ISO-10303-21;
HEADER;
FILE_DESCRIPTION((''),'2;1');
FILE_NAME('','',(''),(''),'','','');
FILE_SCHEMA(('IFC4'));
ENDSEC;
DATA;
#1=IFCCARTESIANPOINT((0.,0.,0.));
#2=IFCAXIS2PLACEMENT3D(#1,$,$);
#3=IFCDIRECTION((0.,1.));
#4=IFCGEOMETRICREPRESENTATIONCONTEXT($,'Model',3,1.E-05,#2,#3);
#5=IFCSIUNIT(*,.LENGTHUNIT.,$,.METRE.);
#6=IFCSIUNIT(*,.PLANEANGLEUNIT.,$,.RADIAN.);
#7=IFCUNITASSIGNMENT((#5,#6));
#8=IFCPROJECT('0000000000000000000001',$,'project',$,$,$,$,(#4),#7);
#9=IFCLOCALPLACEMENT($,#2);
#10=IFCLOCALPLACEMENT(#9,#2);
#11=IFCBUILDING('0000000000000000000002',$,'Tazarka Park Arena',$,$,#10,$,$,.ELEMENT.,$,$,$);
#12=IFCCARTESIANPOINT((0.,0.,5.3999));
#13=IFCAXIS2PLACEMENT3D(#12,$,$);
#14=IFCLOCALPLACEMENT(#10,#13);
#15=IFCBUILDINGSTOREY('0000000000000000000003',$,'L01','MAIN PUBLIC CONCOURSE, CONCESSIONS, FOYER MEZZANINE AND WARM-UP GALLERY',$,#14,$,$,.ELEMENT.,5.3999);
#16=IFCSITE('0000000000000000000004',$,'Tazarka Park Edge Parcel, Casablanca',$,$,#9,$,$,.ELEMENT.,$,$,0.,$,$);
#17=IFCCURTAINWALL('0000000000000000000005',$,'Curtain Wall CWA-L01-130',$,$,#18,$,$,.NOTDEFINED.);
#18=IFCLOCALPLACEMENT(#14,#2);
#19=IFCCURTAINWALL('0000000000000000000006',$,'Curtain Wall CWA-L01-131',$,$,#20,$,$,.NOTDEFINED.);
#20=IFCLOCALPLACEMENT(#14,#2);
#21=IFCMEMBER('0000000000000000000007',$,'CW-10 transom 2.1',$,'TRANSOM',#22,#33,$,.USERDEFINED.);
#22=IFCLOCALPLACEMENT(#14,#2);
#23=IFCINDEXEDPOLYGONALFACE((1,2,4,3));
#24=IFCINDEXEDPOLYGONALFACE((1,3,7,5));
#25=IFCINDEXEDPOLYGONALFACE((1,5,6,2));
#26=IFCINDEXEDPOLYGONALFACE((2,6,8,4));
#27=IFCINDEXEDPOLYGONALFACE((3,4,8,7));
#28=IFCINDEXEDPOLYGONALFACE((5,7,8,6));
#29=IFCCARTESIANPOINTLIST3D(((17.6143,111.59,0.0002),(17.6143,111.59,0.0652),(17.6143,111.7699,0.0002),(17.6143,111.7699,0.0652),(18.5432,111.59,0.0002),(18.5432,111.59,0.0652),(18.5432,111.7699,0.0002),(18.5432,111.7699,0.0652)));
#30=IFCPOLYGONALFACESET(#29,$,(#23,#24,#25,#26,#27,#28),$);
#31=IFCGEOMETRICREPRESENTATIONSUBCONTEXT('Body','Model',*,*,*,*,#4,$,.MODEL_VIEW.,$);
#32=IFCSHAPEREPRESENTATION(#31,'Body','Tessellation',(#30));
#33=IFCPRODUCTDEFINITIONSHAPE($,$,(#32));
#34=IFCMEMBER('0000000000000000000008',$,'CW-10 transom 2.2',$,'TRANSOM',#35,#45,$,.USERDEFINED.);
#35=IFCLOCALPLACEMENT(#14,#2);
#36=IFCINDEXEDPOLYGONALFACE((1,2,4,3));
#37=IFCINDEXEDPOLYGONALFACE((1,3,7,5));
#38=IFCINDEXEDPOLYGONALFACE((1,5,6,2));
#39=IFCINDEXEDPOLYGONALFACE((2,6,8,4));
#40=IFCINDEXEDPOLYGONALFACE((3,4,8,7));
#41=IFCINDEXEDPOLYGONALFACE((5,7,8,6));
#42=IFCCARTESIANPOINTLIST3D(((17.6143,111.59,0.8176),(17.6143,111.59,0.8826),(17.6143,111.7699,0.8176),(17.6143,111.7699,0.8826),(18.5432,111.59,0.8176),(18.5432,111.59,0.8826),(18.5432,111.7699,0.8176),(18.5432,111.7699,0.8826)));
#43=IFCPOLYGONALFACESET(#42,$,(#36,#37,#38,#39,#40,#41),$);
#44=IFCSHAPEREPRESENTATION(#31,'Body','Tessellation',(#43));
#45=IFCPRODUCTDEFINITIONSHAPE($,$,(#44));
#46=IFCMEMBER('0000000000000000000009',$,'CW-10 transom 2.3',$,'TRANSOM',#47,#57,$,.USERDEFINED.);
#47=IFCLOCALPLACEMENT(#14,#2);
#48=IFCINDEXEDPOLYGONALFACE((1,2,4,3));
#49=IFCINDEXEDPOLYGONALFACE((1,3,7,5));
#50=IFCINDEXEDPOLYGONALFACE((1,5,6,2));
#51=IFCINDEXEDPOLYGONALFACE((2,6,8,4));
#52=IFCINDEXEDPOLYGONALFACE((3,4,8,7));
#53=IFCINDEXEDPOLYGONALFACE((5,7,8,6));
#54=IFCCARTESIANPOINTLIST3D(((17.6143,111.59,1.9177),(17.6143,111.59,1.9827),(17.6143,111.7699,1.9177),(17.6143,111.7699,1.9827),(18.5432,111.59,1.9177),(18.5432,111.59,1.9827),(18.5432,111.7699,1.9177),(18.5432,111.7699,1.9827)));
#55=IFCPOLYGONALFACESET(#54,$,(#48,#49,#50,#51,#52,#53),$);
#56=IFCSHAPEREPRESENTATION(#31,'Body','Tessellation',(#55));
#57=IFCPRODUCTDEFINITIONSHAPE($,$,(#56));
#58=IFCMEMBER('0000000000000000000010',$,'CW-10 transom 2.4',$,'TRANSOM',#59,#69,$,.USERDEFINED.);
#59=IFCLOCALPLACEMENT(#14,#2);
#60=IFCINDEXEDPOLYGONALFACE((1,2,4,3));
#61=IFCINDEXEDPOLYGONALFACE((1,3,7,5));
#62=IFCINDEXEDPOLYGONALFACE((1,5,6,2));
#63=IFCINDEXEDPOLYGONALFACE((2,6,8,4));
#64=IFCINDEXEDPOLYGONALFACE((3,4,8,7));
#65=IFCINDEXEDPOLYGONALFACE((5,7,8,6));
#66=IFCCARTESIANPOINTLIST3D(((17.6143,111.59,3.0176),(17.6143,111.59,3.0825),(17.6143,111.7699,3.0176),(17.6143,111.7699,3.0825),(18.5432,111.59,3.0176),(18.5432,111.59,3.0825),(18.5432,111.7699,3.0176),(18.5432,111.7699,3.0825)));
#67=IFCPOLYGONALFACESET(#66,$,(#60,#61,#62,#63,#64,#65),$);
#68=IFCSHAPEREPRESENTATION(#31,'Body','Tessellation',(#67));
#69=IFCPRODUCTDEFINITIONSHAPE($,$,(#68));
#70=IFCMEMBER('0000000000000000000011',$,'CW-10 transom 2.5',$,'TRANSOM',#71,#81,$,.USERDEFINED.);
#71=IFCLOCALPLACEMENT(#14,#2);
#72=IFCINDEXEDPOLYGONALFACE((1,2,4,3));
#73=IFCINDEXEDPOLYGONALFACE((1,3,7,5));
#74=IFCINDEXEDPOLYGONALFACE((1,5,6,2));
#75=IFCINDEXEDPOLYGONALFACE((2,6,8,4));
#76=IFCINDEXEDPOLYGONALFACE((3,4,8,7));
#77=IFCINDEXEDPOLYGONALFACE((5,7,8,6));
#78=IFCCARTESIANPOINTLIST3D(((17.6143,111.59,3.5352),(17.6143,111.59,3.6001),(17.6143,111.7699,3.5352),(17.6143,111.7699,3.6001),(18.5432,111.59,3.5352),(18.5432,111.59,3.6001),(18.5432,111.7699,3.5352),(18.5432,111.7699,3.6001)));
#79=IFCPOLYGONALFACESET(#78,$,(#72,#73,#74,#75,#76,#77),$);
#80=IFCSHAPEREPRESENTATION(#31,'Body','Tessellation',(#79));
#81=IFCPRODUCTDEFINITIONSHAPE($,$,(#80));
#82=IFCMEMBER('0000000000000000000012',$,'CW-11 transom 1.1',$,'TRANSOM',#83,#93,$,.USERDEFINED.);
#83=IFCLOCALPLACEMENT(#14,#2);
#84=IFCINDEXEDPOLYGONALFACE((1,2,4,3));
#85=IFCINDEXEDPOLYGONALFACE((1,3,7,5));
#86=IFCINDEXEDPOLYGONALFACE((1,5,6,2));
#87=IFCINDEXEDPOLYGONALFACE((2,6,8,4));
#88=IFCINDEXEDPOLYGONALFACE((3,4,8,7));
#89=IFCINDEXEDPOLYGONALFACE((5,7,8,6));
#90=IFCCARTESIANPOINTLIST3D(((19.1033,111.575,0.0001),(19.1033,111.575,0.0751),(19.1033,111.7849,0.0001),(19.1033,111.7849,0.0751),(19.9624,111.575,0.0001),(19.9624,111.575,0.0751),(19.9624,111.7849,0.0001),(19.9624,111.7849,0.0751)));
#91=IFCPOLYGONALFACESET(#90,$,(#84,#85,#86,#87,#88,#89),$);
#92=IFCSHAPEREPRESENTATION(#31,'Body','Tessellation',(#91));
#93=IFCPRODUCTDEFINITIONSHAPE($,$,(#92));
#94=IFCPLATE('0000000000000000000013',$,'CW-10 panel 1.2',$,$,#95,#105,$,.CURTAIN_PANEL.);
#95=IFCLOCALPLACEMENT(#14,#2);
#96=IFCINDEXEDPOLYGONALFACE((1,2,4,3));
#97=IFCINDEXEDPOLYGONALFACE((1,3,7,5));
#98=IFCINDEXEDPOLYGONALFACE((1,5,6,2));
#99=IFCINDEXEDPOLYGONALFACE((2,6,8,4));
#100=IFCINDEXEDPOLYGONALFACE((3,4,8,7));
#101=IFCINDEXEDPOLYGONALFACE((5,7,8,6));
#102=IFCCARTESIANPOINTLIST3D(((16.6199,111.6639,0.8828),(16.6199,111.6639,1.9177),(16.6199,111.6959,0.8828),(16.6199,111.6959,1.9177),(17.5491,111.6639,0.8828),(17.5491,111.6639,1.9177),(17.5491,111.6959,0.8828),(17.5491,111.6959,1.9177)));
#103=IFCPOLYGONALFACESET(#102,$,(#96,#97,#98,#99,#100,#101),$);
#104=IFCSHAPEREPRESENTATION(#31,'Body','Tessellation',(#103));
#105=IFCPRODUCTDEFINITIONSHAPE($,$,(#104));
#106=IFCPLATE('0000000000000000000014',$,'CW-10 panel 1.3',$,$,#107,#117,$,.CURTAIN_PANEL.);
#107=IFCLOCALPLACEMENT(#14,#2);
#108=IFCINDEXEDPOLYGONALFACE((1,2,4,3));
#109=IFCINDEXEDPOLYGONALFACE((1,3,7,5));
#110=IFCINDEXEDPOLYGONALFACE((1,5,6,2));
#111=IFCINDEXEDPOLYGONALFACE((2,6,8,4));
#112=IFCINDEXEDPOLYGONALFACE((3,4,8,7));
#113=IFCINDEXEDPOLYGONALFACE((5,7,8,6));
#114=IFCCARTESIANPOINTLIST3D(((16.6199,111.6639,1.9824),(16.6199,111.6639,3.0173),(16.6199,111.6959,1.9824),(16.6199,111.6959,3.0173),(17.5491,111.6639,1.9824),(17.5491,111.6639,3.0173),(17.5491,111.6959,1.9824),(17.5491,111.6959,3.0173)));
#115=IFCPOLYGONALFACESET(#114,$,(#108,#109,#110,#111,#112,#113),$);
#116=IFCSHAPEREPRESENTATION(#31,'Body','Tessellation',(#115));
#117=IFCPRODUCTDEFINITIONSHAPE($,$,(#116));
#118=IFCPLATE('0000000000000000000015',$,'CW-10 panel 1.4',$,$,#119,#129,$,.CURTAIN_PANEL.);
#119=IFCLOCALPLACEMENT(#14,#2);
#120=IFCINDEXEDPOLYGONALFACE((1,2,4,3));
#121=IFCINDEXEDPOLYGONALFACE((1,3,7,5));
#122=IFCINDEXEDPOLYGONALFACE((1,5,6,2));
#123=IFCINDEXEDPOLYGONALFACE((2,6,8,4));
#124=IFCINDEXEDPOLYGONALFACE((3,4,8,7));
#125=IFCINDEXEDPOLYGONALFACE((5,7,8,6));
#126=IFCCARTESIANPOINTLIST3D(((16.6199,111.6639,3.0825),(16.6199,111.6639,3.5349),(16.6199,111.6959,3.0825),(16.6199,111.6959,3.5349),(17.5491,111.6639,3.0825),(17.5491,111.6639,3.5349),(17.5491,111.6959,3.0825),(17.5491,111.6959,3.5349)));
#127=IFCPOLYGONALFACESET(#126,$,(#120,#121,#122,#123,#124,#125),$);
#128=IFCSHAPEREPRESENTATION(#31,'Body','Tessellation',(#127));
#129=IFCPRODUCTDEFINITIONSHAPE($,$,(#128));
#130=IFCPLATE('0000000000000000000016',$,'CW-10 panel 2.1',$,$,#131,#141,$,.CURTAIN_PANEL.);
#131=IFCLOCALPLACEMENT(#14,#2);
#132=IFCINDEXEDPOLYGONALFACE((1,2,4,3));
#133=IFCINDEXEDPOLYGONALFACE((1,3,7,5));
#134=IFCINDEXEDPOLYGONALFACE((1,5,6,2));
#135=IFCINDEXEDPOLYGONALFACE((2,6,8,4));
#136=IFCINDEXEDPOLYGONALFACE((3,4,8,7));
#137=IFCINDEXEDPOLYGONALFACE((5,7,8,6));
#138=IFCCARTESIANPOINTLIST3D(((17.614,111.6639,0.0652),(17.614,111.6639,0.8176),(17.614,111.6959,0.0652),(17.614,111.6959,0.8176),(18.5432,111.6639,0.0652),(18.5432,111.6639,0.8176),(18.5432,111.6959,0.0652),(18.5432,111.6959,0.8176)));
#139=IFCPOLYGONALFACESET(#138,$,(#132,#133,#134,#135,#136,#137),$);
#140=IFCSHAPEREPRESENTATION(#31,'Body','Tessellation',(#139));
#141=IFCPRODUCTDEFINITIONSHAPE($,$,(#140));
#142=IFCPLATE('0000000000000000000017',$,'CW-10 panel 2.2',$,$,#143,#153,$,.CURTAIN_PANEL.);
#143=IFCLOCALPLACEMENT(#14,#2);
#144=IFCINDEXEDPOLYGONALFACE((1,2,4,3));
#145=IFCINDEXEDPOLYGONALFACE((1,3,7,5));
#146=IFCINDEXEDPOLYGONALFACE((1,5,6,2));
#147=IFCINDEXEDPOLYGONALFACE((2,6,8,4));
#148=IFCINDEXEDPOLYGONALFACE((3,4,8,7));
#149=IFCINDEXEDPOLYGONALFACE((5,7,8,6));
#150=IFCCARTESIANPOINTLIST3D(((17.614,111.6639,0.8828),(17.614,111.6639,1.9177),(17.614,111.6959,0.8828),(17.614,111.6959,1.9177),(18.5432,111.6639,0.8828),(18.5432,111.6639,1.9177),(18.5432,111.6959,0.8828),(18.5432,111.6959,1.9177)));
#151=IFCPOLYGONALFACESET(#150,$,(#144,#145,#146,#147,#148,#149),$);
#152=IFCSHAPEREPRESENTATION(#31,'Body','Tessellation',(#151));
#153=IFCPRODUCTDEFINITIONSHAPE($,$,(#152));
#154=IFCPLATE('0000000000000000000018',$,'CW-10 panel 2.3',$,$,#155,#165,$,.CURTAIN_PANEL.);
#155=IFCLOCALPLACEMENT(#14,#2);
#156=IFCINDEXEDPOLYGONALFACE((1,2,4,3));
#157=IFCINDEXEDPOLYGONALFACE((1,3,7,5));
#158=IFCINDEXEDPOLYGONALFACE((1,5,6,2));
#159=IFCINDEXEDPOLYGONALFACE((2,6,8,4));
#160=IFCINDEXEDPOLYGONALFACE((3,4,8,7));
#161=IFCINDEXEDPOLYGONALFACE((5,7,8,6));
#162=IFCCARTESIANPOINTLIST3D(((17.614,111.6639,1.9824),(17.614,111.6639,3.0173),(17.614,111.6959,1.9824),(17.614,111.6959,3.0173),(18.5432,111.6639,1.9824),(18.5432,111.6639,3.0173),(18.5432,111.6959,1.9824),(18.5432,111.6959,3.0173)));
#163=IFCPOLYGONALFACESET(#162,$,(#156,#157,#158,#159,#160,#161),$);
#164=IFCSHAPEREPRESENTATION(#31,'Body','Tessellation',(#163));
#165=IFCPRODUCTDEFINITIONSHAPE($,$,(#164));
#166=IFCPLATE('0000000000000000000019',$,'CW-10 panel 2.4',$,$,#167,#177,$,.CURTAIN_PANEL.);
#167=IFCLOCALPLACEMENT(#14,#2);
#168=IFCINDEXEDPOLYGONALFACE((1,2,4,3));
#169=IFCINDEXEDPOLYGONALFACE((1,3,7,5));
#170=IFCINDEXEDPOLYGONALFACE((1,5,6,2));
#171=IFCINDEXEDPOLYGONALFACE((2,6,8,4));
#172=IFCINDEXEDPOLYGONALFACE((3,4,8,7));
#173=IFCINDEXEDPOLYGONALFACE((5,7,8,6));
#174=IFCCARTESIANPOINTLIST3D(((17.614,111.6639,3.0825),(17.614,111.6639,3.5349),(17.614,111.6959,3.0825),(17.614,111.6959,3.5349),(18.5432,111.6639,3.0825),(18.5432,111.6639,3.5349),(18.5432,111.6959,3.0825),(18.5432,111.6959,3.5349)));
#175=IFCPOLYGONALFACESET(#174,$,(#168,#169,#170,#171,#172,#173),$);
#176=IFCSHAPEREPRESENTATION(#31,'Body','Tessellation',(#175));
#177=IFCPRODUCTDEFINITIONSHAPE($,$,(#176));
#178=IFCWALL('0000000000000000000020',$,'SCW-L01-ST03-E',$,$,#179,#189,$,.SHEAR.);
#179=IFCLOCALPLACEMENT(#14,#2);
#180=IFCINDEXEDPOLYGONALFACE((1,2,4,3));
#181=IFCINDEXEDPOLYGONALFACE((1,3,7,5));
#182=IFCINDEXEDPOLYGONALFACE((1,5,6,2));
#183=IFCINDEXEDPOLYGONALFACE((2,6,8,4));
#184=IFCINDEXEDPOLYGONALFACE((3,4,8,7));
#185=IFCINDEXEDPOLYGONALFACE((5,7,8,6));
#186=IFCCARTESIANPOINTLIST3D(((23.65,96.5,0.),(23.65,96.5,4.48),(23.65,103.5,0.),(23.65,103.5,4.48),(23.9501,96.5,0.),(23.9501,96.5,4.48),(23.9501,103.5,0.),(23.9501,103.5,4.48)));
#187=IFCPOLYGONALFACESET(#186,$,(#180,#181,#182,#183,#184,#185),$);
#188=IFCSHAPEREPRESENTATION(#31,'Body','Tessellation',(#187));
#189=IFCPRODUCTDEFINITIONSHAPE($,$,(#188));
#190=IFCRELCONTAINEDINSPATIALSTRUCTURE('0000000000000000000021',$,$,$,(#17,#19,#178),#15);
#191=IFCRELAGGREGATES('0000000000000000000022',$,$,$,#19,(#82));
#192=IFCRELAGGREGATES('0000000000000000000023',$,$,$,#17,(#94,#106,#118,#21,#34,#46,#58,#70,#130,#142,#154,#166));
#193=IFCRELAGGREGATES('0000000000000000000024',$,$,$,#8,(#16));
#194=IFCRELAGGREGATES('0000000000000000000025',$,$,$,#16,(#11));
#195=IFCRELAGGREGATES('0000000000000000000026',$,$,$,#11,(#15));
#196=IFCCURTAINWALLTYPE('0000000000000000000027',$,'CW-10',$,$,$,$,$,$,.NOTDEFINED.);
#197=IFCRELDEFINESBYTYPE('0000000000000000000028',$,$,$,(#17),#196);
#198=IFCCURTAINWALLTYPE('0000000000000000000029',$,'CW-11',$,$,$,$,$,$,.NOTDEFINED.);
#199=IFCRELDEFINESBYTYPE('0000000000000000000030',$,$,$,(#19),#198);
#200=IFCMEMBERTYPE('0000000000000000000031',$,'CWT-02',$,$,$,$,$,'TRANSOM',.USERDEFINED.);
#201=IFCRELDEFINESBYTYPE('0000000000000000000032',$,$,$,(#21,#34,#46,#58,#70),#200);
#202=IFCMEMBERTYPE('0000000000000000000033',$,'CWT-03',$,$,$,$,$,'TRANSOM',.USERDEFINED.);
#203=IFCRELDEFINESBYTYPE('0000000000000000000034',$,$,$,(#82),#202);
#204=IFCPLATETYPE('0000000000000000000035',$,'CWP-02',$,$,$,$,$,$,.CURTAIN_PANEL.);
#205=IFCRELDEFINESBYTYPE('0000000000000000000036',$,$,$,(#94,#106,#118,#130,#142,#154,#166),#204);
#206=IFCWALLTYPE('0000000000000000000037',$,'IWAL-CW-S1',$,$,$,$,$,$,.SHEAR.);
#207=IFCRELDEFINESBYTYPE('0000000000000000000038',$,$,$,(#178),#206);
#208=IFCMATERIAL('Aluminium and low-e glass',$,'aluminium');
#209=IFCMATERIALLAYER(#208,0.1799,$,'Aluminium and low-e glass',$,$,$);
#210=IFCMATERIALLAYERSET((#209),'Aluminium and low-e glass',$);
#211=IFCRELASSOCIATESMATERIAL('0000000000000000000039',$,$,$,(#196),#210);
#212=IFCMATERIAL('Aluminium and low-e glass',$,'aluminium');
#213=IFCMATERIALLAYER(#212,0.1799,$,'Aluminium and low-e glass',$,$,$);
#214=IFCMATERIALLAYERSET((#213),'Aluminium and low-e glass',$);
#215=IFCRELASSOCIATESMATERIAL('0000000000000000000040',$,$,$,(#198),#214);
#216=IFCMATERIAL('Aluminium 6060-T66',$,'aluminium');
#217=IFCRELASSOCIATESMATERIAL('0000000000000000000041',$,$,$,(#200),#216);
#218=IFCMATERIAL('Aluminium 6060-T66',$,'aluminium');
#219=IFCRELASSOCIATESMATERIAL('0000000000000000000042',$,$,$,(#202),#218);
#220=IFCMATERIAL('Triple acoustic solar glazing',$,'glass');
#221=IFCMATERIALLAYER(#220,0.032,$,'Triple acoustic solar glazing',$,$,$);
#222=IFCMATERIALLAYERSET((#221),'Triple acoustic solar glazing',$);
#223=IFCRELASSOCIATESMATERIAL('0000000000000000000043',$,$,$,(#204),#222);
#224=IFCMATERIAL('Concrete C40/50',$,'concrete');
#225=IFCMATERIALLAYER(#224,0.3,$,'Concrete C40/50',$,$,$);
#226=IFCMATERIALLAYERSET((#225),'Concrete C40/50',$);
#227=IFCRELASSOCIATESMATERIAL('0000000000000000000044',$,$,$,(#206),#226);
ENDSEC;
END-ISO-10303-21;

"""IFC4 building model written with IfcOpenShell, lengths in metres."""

from ifc_helpers import new_model, si_unit, direction, frame, frame_2d, origin, origin_2d, place, context, subcontext, project, spatial, rectangle, extrude, material, layer, layer_set, material_profile, profile_set, type_object, element, aggregate, save


model = new_model("IFC4")

# Units and contexts
model_context = context("Model", 3, precision=1e-05, world=origin(), true_north=direction((0.0, 1.0)))
body_context = subcontext(model_context, "Body", "Model", "MODEL_VIEW")
ifc_project = project(units=[si_unit("LENGTHUNIT", "METRE"), si_unit("PLANEANGLEUNIT", "RADIAN")], contexts=[model_context])

# Site, building, storey
site_placement = place(None, origin())
site = spatial("IfcSite", under=ifc_project, at=site_placement, Name="Tazarka Park Edge Parcel, Casablanca", CompositionType="ELEMENT", RefElevation=0.0)
building_placement = place(site_placement, origin())
building = spatial("IfcBuilding", under=site, at=building_placement, Name="Tazarka Park Arena", CompositionType="ELEMENT")
storey_placement = place(building_placement, frame((0.0, 0.0, 5.3999)))
storey = spatial("IfcBuildingStorey", under=building, at=storey_placement, Name="L01", Description="MAIN PUBLIC CONCOURSE, CONCESSIONS, FOYER MEZZANINE AND WARM-UP GALLERY", CompositionType="ELEMENT", Elevation=5.3999)

# Curtain wall
ifc_material_1 = material(Name="Aluminium and low-e glass", Category="aluminium")
ifc_layer_1 = layer(ifc_material_1, 0.1799, Name="Aluminium and low-e glass")
ifc_layer_set_1 = layer_set([ifc_layer_1], Name="Aluminium and low-e glass")
curtain_wall_type_1 = type_object("IfcCurtainWallType", Name="CW-10", PredefinedType="NOTDEFINED", material=ifc_layer_set_1)
curtain_wall_1_placement = place(storey_placement, origin())
curtain_wall_1 = element("IfcCurtainWall", 1, at=curtain_wall_1_placement, inside=storey, type_object=curtain_wall_type_1, Name="Curtain Wall CWA-L01-130", PredefinedType="NOTDEFINED")

# Curtain wall
ifc_material_2 = material(Name="Aluminium and low-e glass", Category="aluminium")
ifc_layer_2 = layer(ifc_material_2, 0.1799, Name="Aluminium and low-e glass")
ifc_layer_set_2 = layer_set([ifc_layer_2], Name="Aluminium and low-e glass")
curtain_wall_type_2 = type_object("IfcCurtainWallType", Name="CW-11", PredefinedType="NOTDEFINED", material=ifc_layer_set_2)
curtain_wall_2_placement = place(storey_placement, origin())
curtain_wall_2 = element("IfcCurtainWall", 2, at=curtain_wall_2_placement, inside=storey, type_object=curtain_wall_type_2, Name="Curtain Wall CWA-L01-131", PredefinedType="NOTDEFINED")

# Members
ifc_material_3 = material(Name="Aluminium 6060-T66", Category="aluminium")
ifc_material_profile_1 = material_profile(ifc_material_3, rectangle(XDim=0.1799, YDim=0.0649, at=origin_2d()), Name="Aluminium 6060-T66")
ifc_profile_set_1 = profile_set([ifc_material_profile_1], Name="Aluminium 6060-T66")
member_type_1 = type_object("IfcMemberType", Name="CWT-02", ElementType="TRANSOM", PredefinedType="USERDEFINED", material=ifc_profile_set_1)
member_1_placement = place(storey_placement, frame((17.6143, 111.6799, 0.0327), z_axis=(1.0, 0.0, 0.0), x_axis=(0.0, 1.0, 0.0)))
member_1 = element("IfcMember", 3, at=member_1_placement, type_object=member_type_1, Name="CW-10 transom 2.1", ObjectType="TRANSOM", PredefinedType="USERDEFINED", context=body_context, shape_type="SweptSolid", body=[
    extrude(rectangle(XDim=0.1799, YDim=0.0649, at=origin_2d()), origin(), (0.0, 0.0, 1.0), 0.929),
])
member_2_placement = place(storey_placement, frame((17.6143, 111.6799, 0.8501), z_axis=(1.0, 0.0, 0.0), x_axis=(0.0, 1.0, 0.0)))
member_2 = element("IfcMember", 4, at=member_2_placement, type_object=member_type_1, Name="CW-10 transom 2.2", ObjectType="TRANSOM", PredefinedType="USERDEFINED", context=body_context, shape_type="SweptSolid", body=[
    extrude(rectangle(XDim=0.1799, YDim=0.0649, at=origin_2d()), origin(), (0.0, 0.0, 1.0), 0.929),
])
member_3_placement = place(storey_placement, frame((17.6143, 111.6799, 1.9502), z_axis=(1.0, 0.0, 0.0), x_axis=(0.0, 1.0, 0.0)))
member_3 = element("IfcMember", 5, at=member_3_placement, type_object=member_type_1, Name="CW-10 transom 2.3", ObjectType="TRANSOM", PredefinedType="USERDEFINED", context=body_context, shape_type="SweptSolid", body=[
    extrude(rectangle(XDim=0.1799, YDim=0.0649, at=origin_2d()), origin(), (0.0, 0.0, 1.0), 0.929),
])
member_4_placement = place(storey_placement, frame((17.6143, 111.6799, 3.05), z_axis=(1.0, 0.0, 0.0), x_axis=(0.0, 1.0, 0.0)))
member_4 = element("IfcMember", 6, at=member_4_placement, type_object=member_type_1, Name="CW-10 transom 2.4", ObjectType="TRANSOM", PredefinedType="USERDEFINED", context=body_context, shape_type="SweptSolid", body=[
    extrude(rectangle(XDim=0.1799, YDim=0.0649, at=origin_2d()), origin(), (0.0, 0.0, 1.0), 0.929),
])
member_5_placement = place(storey_placement, frame((17.6143, 111.6799, 3.5676), z_axis=(1.0, 0.0, 0.0), x_axis=(0.0, 1.0, 0.0)))
member_5 = element("IfcMember", 7, at=member_5_placement, type_object=member_type_1, Name="CW-10 transom 2.5", ObjectType="TRANSOM", PredefinedType="USERDEFINED", context=body_context, shape_type="SweptSolid", body=[
    extrude(rectangle(XDim=0.1799, YDim=0.0649, at=origin_2d()), origin(), (0.0, 0.0, 1.0), 0.929),
])
ifc_material_4 = material(Name="Aluminium 6060-T66", Category="aluminium")
ifc_material_profile_2 = material_profile(ifc_material_4, rectangle(XDim=0.21, YDim=0.075, at=origin_2d()), Name="Aluminium 6060-T66")
ifc_profile_set_2 = profile_set([ifc_material_profile_2], Name="Aluminium 6060-T66")
member_type_2 = type_object("IfcMemberType", Name="CWT-03", ElementType="TRANSOM", PredefinedType="USERDEFINED", material=ifc_profile_set_2)
member_6_placement = place(storey_placement, frame((19.1033, 111.6799, 0.0376), z_axis=(1.0, 0.0, 0.0), x_axis=(0.0, 1.0, 0.0)))
member_6 = element("IfcMember", 8, at=member_6_placement, type_object=member_type_2, Name="CW-11 transom 1.1", ObjectType="TRANSOM", PredefinedType="USERDEFINED", context=body_context, shape_type="SweptSolid", body=[
    extrude(rectangle(XDim=0.21, YDim=0.075, at=origin_2d()), origin(), (0.0, 0.0, 1.0), 0.8591),
])
aggregate(curtain_wall_2, [member_6])

# Plates
ifc_material_5 = material(Name="Triple acoustic solar glazing", Category="glass")
ifc_layer_3 = layer(ifc_material_5, 0.032, Name="Triple acoustic solar glazing")
ifc_layer_set_3 = layer_set([ifc_layer_3], Name="Triple acoustic solar glazing")
plate_type = type_object("IfcPlateType", Name="CWP-02", PredefinedType="CURTAIN_PANEL", material=ifc_layer_set_3)
plate_1_placement = place(storey_placement, frame((17.0845, 111.6799, 0.8828), z_axis=(0.0, 0.0, 1.0), x_axis=(1.0, 0.0, 0.0)))
plate_1 = element("IfcPlate", 9, at=plate_1_placement, type_object=plate_type, Name="CW-10 panel 1.2", PredefinedType="CURTAIN_PANEL", context=body_context, shape_type="SweptSolid", body=[
    extrude(rectangle(XDim=0.9292, YDim=0.032, at=origin_2d()), origin(), (0.0, 0.0, 1.0), 1.0349),
])
plate_2_placement = place(storey_placement, frame((17.0845, 111.6799, 1.9824), z_axis=(0.0, 0.0, 1.0), x_axis=(1.0, 0.0, 0.0)))
plate_2 = element("IfcPlate", 10, at=plate_2_placement, type_object=plate_type, Name="CW-10 panel 1.3", PredefinedType="CURTAIN_PANEL", context=body_context, shape_type="SweptSolid", body=[
    extrude(rectangle(XDim=0.9292, YDim=0.032, at=origin_2d()), origin(), (0.0, 0.0, 1.0), 1.0349),
])
plate_3_placement = place(storey_placement, frame((17.0845, 111.6799, 3.0825), z_axis=(0.0, 0.0, 1.0), x_axis=(1.0, 0.0, 0.0)))
plate_3 = element("IfcPlate", 11, at=plate_3_placement, type_object=plate_type, Name="CW-10 panel 1.4", PredefinedType="CURTAIN_PANEL", context=body_context, shape_type="SweptSolid", body=[
    extrude(rectangle(XDim=0.9292, YDim=0.032, at=origin_2d()), origin(), (0.0, 0.0, 1.0), 0.4524),
])
plate_4_placement = place(storey_placement, frame((18.0786, 111.6799, 0.0652), z_axis=(0.0, 0.0, 1.0), x_axis=(1.0, 0.0, 0.0)))
plate_4 = element("IfcPlate", 12, at=plate_4_placement, type_object=plate_type, Name="CW-10 panel 2.1", PredefinedType="CURTAIN_PANEL", context=body_context, shape_type="SweptSolid", body=[
    extrude(rectangle(XDim=0.9292, YDim=0.032, at=origin_2d()), origin(), (0.0, 0.0, 1.0), 0.7524),
])
plate_5_placement = place(storey_placement, frame((18.0786, 111.6799, 0.8828), z_axis=(0.0, 0.0, 1.0), x_axis=(1.0, 0.0, 0.0)))
plate_5 = element("IfcPlate", 13, at=plate_5_placement, type_object=plate_type, Name="CW-10 panel 2.2", PredefinedType="CURTAIN_PANEL", context=body_context, shape_type="SweptSolid", body=[
    extrude(rectangle(XDim=0.9292, YDim=0.032, at=origin_2d()), origin(), (0.0, 0.0, 1.0), 1.0349),
])
plate_6_placement = place(storey_placement, frame((18.0786, 111.6799, 1.9824), z_axis=(0.0, 0.0, 1.0), x_axis=(1.0, 0.0, 0.0)))
plate_6 = element("IfcPlate", 14, at=plate_6_placement, type_object=plate_type, Name="CW-10 panel 2.3", PredefinedType="CURTAIN_PANEL", context=body_context, shape_type="SweptSolid", body=[
    extrude(rectangle(XDim=0.9292, YDim=0.032, at=origin_2d()), origin(), (0.0, 0.0, 1.0), 1.0349),
])
plate_7_placement = place(storey_placement, frame((18.0786, 111.6799, 3.0825), z_axis=(0.0, 0.0, 1.0), x_axis=(1.0, 0.0, 0.0)))
plate_7 = element("IfcPlate", 15, at=plate_7_placement, type_object=plate_type, Name="CW-10 panel 2.4", PredefinedType="CURTAIN_PANEL", context=body_context, shape_type="SweptSolid", body=[
    extrude(rectangle(XDim=0.9292, YDim=0.032, at=origin_2d()), origin(), (0.0, 0.0, 1.0), 0.4524),
])
aggregate(curtain_wall_1, [plate_1, plate_2, plate_3, member_1, member_2, member_3, member_4, member_5, plate_4, plate_5, plate_6, plate_7])

# Wall
ifc_material_6 = material(Name="Concrete C40/50", Category="concrete")
ifc_layer_4 = layer(ifc_material_6, 0.3, Name="Concrete C40/50")
ifc_layer_set_4 = layer_set([ifc_layer_4], Name="Concrete C40/50")
wall_type_1 = type_object("IfcWallType", Name="IWAL-CW-S1", PredefinedType="SHEAR", material=ifc_layer_set_4)
wall_placement = place(storey_placement, frame((23.8, 103.5, 0.0), z_axis=(0.0, 0.0, 1.0), x_axis=(0.0, -1.0, 0.0)))
element("IfcWall", 16, at=wall_placement, inside=storey, type_object=wall_type_1, Name="SCW-L01-ST03-E", PredefinedType="SHEAR", context=body_context, shape_type="SweptSolid", body=[
    extrude(rectangle(XDim=7.0, YDim=0.3, at=frame_2d((3.5, 0.0))), origin(), (0.0, 0.0, 1.0), 4.48),
])

save(model, "model.ifc")
